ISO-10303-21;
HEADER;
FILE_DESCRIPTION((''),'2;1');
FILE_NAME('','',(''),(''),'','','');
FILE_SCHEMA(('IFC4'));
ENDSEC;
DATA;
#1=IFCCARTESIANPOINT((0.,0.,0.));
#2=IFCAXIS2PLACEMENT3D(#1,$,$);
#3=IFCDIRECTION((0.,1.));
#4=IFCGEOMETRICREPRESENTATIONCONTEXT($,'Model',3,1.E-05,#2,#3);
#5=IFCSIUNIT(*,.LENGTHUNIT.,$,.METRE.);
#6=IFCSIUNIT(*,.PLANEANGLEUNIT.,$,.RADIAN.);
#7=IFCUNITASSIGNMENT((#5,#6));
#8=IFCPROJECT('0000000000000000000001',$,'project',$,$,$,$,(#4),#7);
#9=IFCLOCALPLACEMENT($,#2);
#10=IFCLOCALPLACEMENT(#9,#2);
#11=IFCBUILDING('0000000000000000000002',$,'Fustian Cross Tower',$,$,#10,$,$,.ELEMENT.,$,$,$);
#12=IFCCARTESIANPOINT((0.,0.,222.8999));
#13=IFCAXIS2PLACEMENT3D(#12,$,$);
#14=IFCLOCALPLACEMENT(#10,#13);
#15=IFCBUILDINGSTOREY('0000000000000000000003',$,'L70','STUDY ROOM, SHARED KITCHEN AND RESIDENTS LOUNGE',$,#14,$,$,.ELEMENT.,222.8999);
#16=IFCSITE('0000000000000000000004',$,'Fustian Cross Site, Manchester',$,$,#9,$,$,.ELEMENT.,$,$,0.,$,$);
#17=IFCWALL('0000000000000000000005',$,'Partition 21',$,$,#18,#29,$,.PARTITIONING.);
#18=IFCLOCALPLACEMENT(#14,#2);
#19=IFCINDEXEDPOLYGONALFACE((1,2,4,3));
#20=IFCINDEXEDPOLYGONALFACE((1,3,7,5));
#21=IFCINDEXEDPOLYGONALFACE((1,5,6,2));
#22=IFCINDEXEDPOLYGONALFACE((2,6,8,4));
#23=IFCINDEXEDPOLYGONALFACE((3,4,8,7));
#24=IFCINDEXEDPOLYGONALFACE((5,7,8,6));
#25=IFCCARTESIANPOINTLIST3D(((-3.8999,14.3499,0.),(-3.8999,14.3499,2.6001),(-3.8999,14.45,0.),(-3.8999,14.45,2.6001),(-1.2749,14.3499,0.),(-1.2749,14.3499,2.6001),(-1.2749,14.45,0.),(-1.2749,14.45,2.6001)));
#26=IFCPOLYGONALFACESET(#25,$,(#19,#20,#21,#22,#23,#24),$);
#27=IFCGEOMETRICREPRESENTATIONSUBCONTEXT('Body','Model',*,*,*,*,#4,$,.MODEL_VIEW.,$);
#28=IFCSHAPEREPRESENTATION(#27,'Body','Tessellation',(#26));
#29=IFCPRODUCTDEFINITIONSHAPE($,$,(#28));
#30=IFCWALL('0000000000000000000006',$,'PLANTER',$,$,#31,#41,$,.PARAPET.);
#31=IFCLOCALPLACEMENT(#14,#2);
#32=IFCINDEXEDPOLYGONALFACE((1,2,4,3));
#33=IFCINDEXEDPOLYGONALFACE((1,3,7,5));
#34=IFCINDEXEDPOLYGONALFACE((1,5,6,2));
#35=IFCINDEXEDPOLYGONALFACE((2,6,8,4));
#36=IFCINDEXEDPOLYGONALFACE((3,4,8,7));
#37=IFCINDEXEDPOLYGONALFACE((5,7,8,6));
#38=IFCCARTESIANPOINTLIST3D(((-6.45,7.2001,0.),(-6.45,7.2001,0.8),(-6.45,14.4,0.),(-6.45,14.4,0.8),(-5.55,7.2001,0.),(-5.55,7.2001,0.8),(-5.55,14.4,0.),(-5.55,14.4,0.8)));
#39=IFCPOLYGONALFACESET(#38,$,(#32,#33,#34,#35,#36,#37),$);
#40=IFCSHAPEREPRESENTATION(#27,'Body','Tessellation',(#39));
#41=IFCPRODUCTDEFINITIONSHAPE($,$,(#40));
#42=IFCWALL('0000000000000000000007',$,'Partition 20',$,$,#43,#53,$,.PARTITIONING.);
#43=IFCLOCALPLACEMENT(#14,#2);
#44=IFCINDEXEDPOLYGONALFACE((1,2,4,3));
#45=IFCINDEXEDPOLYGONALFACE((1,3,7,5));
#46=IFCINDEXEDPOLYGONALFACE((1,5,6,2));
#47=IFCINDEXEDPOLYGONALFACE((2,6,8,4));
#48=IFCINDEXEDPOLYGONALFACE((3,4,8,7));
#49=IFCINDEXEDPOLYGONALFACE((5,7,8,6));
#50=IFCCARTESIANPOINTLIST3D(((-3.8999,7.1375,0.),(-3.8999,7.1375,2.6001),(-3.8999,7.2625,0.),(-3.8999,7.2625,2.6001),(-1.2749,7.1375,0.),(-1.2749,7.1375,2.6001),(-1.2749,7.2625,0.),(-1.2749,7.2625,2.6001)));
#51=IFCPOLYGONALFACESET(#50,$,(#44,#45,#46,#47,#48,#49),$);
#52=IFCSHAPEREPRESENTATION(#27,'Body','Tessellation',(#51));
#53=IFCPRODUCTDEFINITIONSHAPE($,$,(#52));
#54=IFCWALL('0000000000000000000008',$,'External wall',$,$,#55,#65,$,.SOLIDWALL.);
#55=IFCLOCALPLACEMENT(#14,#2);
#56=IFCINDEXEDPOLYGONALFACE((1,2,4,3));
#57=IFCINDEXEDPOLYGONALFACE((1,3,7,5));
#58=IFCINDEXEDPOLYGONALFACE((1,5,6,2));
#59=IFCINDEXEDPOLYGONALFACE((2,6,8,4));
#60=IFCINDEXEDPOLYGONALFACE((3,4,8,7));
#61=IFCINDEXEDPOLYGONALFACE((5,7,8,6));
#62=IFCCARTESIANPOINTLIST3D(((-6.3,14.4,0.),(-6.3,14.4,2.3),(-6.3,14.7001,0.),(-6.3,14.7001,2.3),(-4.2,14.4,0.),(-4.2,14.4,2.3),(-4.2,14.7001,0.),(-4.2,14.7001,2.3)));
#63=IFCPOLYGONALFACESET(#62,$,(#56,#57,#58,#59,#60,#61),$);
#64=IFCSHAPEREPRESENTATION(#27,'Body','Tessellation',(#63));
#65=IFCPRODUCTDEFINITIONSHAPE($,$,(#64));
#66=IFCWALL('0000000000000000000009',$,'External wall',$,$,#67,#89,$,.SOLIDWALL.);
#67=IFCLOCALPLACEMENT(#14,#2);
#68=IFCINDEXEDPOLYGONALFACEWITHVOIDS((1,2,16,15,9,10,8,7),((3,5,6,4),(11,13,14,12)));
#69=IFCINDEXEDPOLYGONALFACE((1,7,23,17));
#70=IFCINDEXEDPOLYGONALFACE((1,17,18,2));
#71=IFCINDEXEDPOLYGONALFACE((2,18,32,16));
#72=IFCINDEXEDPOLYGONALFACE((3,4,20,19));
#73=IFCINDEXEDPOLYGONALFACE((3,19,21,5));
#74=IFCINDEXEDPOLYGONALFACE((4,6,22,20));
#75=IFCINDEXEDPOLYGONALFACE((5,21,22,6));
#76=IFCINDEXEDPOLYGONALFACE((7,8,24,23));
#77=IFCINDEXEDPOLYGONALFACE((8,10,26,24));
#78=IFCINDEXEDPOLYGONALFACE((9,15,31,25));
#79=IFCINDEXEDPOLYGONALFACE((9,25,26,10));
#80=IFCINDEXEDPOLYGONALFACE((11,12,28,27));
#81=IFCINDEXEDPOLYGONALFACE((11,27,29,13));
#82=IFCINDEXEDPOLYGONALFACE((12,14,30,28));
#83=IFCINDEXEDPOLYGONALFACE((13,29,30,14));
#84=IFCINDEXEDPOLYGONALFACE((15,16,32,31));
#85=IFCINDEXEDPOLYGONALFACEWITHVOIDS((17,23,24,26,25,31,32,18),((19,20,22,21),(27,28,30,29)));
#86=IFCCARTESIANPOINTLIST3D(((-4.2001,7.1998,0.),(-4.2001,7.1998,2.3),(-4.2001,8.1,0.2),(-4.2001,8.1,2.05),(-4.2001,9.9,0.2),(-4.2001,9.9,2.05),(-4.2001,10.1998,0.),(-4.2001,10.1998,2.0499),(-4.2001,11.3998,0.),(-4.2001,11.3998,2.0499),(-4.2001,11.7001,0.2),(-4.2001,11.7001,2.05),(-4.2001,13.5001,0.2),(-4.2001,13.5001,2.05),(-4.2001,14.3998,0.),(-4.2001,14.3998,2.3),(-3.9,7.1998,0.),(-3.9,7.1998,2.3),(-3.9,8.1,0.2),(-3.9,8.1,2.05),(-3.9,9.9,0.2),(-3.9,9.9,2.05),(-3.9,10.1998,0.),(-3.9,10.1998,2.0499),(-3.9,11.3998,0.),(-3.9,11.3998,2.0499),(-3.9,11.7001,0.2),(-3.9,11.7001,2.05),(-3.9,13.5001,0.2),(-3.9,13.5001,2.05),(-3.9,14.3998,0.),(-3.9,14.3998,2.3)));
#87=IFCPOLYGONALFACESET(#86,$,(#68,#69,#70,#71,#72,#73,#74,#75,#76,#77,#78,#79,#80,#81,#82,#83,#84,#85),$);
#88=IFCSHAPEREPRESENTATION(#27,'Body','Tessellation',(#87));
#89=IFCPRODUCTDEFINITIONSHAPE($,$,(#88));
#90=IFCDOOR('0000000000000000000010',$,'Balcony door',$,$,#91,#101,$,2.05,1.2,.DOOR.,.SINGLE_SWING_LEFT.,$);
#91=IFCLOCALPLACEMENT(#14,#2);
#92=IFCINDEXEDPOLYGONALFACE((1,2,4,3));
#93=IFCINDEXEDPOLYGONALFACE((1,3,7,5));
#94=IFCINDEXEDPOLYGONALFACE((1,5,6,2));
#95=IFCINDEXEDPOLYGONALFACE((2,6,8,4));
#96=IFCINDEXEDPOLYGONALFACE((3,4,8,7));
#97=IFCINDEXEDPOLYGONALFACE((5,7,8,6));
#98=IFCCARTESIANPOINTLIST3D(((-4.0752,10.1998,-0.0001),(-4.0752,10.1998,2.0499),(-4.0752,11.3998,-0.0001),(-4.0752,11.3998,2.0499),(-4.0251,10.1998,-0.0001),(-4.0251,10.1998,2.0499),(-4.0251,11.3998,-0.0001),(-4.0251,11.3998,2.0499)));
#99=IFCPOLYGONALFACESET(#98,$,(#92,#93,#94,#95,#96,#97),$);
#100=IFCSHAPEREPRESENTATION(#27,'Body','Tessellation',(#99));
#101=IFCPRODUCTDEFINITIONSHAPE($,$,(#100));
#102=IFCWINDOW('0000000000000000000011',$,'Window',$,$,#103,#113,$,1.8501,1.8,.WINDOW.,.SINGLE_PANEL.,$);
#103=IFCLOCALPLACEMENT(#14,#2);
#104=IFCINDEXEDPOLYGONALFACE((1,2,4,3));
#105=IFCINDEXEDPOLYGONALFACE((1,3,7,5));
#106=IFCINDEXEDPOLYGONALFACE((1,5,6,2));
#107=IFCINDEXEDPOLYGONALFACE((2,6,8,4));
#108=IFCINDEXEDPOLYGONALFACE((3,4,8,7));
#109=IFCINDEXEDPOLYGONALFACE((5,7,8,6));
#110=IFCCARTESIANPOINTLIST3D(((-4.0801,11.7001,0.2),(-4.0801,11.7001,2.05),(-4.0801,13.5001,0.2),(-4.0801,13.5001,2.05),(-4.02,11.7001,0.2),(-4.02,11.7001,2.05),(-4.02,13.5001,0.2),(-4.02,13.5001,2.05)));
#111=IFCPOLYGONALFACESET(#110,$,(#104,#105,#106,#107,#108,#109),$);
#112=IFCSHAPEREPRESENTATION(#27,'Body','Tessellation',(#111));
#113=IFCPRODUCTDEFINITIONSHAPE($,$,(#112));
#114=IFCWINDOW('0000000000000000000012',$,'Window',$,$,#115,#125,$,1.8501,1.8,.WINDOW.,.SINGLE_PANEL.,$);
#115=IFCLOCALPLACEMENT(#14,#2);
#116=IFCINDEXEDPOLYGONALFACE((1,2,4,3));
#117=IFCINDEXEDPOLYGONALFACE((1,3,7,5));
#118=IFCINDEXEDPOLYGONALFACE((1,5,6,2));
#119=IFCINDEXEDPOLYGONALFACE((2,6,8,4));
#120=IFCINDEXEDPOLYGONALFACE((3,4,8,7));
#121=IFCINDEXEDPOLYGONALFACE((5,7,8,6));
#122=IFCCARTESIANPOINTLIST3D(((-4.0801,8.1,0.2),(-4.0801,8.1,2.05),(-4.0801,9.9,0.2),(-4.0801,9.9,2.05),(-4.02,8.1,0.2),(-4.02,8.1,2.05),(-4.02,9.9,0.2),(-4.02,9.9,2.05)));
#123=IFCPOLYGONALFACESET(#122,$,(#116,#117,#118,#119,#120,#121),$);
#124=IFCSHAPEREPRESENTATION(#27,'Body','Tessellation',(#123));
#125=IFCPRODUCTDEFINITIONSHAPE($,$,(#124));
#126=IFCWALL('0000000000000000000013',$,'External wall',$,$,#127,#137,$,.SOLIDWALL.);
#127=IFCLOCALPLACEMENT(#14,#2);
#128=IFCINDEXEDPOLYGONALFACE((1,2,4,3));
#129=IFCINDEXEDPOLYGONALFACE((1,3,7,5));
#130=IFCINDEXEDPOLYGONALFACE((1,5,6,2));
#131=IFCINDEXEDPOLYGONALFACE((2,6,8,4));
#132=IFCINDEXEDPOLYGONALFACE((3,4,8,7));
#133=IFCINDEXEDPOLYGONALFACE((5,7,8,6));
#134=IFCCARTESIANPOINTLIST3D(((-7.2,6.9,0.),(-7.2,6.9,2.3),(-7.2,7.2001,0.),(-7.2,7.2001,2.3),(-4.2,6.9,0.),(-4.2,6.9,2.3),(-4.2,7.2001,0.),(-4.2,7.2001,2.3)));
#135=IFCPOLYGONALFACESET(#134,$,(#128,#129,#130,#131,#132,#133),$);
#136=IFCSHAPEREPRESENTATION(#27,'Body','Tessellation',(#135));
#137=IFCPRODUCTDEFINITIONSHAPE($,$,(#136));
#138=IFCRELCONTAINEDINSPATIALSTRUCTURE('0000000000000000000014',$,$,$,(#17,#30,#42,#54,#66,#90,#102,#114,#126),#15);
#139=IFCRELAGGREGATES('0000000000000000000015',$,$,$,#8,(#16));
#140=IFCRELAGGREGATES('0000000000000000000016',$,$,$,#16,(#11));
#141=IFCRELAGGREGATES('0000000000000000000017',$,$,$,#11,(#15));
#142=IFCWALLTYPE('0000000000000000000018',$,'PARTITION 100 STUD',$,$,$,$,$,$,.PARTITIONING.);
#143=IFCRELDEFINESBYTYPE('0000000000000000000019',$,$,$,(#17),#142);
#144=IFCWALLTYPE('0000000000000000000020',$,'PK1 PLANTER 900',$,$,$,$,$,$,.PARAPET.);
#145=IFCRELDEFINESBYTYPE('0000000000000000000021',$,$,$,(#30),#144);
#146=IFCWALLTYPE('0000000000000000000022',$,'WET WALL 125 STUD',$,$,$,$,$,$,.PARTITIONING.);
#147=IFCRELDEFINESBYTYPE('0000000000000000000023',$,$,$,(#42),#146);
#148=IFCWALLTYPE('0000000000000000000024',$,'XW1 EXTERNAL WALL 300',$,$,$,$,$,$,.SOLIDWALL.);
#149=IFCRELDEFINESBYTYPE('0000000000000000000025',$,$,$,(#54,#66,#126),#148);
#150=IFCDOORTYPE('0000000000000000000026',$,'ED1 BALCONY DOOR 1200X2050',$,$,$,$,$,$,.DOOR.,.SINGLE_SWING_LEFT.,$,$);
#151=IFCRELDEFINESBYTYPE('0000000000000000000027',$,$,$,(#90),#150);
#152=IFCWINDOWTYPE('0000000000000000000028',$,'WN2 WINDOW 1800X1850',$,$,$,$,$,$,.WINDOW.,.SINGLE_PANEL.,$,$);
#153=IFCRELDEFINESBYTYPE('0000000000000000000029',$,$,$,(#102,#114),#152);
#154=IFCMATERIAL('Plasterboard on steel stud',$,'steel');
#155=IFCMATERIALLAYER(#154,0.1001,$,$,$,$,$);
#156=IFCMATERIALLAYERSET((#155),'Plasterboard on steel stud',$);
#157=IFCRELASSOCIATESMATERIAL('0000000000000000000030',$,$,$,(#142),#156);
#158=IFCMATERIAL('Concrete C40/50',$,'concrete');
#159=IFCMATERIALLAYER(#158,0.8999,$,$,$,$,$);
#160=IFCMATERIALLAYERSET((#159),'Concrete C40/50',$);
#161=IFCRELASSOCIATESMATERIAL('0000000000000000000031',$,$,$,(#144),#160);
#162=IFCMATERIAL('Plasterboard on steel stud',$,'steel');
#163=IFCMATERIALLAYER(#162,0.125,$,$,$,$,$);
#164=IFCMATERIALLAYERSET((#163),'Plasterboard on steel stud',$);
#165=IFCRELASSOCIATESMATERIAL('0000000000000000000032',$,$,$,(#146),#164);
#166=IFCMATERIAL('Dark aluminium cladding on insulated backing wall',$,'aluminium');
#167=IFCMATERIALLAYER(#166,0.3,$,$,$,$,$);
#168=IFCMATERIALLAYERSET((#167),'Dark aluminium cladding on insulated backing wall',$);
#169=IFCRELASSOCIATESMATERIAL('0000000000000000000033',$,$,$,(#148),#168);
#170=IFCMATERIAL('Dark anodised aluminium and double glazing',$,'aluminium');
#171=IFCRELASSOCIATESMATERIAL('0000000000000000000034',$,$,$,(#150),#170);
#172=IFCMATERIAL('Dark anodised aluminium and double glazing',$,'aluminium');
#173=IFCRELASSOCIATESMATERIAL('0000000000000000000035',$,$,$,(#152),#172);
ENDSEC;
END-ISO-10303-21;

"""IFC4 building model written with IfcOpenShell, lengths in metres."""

from ifc_helpers import new_model, si_unit, direction, frame, frame_2d, origin, place, context, subcontext, project, spatial, rectangle, extrude, material, layer, layer_set, type_object, element, fill, save


model = new_model("IFC4")

# Units and contexts
model_context = context("Model", 3, precision=1e-05, world=origin(), true_north=direction((0.0, 1.0)))
body_context = subcontext(model_context, "Body", "Model", "MODEL_VIEW")
ifc_project = project(units=[si_unit("LENGTHUNIT", "METRE"), si_unit("PLANEANGLEUNIT", "RADIAN")], contexts=[model_context])

# Site, building, storey
site_placement = place(None, origin())
site = spatial("IfcSite", under=ifc_project, at=site_placement, Name="Fustian Cross Site, Manchester", CompositionType="ELEMENT", RefElevation=0.0)
building_placement = place(site_placement, origin())
building = spatial("IfcBuilding", under=site, at=building_placement, Name="Fustian Cross Tower", CompositionType="ELEMENT")
storey_placement = place(building_placement, frame((0.0, 0.0, 222.8999)))
storey = spatial("IfcBuildingStorey", under=building, at=storey_placement, Name="L70", Description="STUDY ROOM, SHARED KITCHEN AND RESIDENTS LOUNGE", CompositionType="ELEMENT", Elevation=222.8999)

# Walls
ifc_material_1 = material(Name="Plasterboard on steel stud", Category="steel")
ifc_layer_1 = layer(ifc_material_1, 0.1001)
ifc_layer_set_1 = layer_set([ifc_layer_1], Name="Plasterboard on steel stud")
wall_type_1 = type_object("IfcWallType", Name="PARTITION 100 STUD", PredefinedType="PARTITIONING", material=ifc_layer_set_1)
wall_1_placement = place(storey_placement, frame((-3.8999, 14.3999, 0.0), z_axis=(0.0, 0.0, 1.0), x_axis=(1.0, 0.0, 0.0)))
element("IfcWall", 1, at=wall_1_placement, inside=storey, type_object=wall_type_1, Name="Partition 21", PredefinedType="PARTITIONING", context=body_context, shape_type="SweptSolid", body=[
    extrude(rectangle(XDim=2.625, YDim=0.1001, at=frame_2d((1.3125, 0.0))), origin(), (0.0, 0.0, 1.0), 2.6001),
])
ifc_material_2 = material(Name="Concrete C40/50", Category="concrete")
ifc_layer_2 = layer(ifc_material_2, 0.8999)
ifc_layer_set_2 = layer_set([ifc_layer_2], Name="Concrete C40/50")
wall_type_2 = type_object("IfcWallType", Name="PK1 PLANTER 900", PredefinedType="PARAPET", material=ifc_layer_set_2)
wall_2_placement = place(storey_placement, frame((-6.0, 7.2, 0.0), z_axis=(0.0, 0.0, 1.0), x_axis=(0.0, 1.0, 0.0)))
element("IfcWall", 2, at=wall_2_placement, inside=storey, type_object=wall_type_2, Name="PLANTER", PredefinedType="PARAPET", context=body_context, shape_type="SweptSolid", body=[
    extrude(rectangle(XDim=7.2, YDim=0.8999, at=frame_2d((3.6001, 0.0))), origin(), (0.0, 0.0, 1.0), 0.8),
])
ifc_material_3 = material(Name="Plasterboard on steel stud", Category="steel")
ifc_layer_3 = layer(ifc_material_3, 0.125)
ifc_layer_set_3 = layer_set([ifc_layer_3], Name="Plasterboard on steel stud")
wall_type_3 = type_object("IfcWallType", Name="WET WALL 125 STUD", PredefinedType="PARTITIONING", material=ifc_layer_set_3)
wall_3_placement = place(storey_placement, frame((-3.8999, 7.2, 0.0), z_axis=(0.0, 0.0, 1.0), x_axis=(1.0, 0.0, 0.0)))
element("IfcWall", 3, at=wall_3_placement, inside=storey, type_object=wall_type_3, Name="Partition 20", PredefinedType="PARTITIONING", context=body_context, shape_type="SweptSolid", body=[
    extrude(rectangle(XDim=2.625, YDim=0.125, at=frame_2d((1.3125, 0.0))), origin(), (0.0, 0.0, 1.0), 2.6001),
])
ifc_material_4 = material(Name="Dark aluminium cladding on insulated backing wall", Category="aluminium")
ifc_layer_4 = layer(ifc_material_4, 0.3)
ifc_layer_set_4 = layer_set([ifc_layer_4], Name="Dark aluminium cladding on insulated backing wall")
wall_type_4 = type_object("IfcWallType", Name="XW1 EXTERNAL WALL 300", PredefinedType="SOLIDWALL", material=ifc_layer_set_4)
wall_4_placement = place(storey_placement, frame((-6.3, 14.55, 0.0), z_axis=(0.0, 0.0, 1.0), x_axis=(1.0, 0.0, 0.0)))
element("IfcWall", 4, at=wall_4_placement, inside=storey, type_object=wall_type_4, Name="External wall", PredefinedType="SOLIDWALL", context=body_context, shape_type="SweptSolid", body=[
    extrude(rectangle(XDim=2.1001, YDim=0.3, at=frame_2d((1.05, 0.0))), origin(), (0.0, 0.0, 1.0), 2.3),
])

# Wall, openings, door, windows
wall_5_placement = place(storey_placement, frame((-4.05, 14.3999, 0.0), z_axis=(0.0, 0.0, 1.0), x_axis=(0.0, -1.0, 0.0)))
wall_5 = element("IfcWall", 5, at=wall_5_placement, inside=storey, type_object=wall_type_4, Name="External wall", PredefinedType="SOLIDWALL", context=body_context, shape_type="SweptSolid", body=[
    extrude(rectangle(XDim=7.2, YDim=0.3, at=frame_2d((3.6001, 0.0))), origin(), (0.0, 0.0, 1.0), 2.3),
])
opening_1_placement = place(wall_5_placement, frame((3.0, 0.0, 0.0)))
opening_1 = element("IfcOpeningElement", 6, at=opening_1_placement, cuts=wall_5, PredefinedType="OPENING", context=body_context, shape_type="SweptSolid", body=[
    extrude(rectangle(XDim=1.2, YDim=2.05, at=frame_2d((0.6001, 1.0249))), frame((0.0, 0.1599, 0.0), z_axis=(0.0, -1.0, 0.0), x_axis=(1.0, 0.0, 0.0)), (0.0, 0.0, 1.0), 0.3201),
])
opening_2_placement = place(wall_5_placement, frame((0.8999, 0.0, 0.2)))
opening_2 = element("IfcOpeningElement", 7, at=opening_2_placement, cuts=wall_5, PredefinedType="OPENING", context=body_context, shape_type="SweptSolid", body=[
    extrude(rectangle(XDim=1.8, YDim=1.8501, at=frame_2d((0.8999, 0.925))), frame((0.0, 0.1599, 0.0), z_axis=(0.0, -1.0, 0.0), x_axis=(1.0, 0.0, 0.0)), (0.0, 0.0, 1.0), 0.3201),
])
opening_3_placement = place(wall_5_placement, frame((4.5, 0.0, 0.2)))
opening_3 = element("IfcOpeningElement", 8, at=opening_3_placement, cuts=wall_5, PredefinedType="OPENING", context=body_context, shape_type="SweptSolid", body=[
    extrude(rectangle(XDim=1.8, YDim=1.8501, at=frame_2d((0.8999, 0.925))), frame((0.0, 0.1599, 0.0), z_axis=(0.0, -1.0, 0.0), x_axis=(1.0, 0.0, 0.0)), (0.0, 0.0, 1.0), 0.3201),
])
ifc_material_5 = material(Name="Dark anodised aluminium and double glazing", Category="aluminium")
door_type = type_object("IfcDoorType", Name="ED1 BALCONY DOOR 1200X2050", OperationType="SINGLE_SWING_LEFT", PredefinedType="DOOR", material=ifc_material_5)
door_placement = place(opening_1_placement, origin())
door = element("IfcDoor", 9, at=door_placement, inside=storey, type_object=door_type, Name="Balcony door", OperationType="SINGLE_SWING_LEFT", OverallHeight=2.05, OverallWidth=1.2, PredefinedType="DOOR", context=body_context, shape_type="SweptSolid", body=[
    extrude(rectangle(XDim=1.2, YDim=2.05, at=frame_2d((0.6001, 1.0249))), frame((0.0, 0.0249, 0.0), z_axis=(0.0, -1.0, 0.0), x_axis=(1.0, 0.0, 0.0)), (0.0, 0.0, 1.0), 0.05),
])
fill(opening_1, door)
ifc_material_6 = material(Name="Dark anodised aluminium and double glazing", Category="aluminium")
window_type = type_object("IfcWindowType", Name="WN2 WINDOW 1800X1850", PartitioningType="SINGLE_PANEL", PredefinedType="WINDOW", material=ifc_material_6)
window_1_placement = place(opening_2_placement, origin())
window_1 = element("IfcWindow", 10, at=window_1_placement, inside=storey, type_object=window_type, Name="Window", OverallHeight=1.8501, OverallWidth=1.8, PartitioningType="SINGLE_PANEL", PredefinedType="WINDOW", context=body_context, shape_type="SweptSolid", body=[
    extrude(rectangle(XDim=1.8, YDim=1.8501, at=frame_2d((0.8999, 0.925))), frame((0.0, 0.03, 0.0), z_axis=(0.0, -1.0, 0.0), x_axis=(1.0, 0.0, 0.0)), (0.0, 0.0, 1.0), 0.0601),
])
fill(opening_2, window_1)
window_2_placement = place(opening_3_placement, origin())
window_2 = element("IfcWindow", 11, at=window_2_placement, inside=storey, type_object=window_type, Name="Window", OverallHeight=1.8501, OverallWidth=1.8, PartitioningType="SINGLE_PANEL", PredefinedType="WINDOW", context=body_context, shape_type="SweptSolid", body=[
    extrude(rectangle(XDim=1.8, YDim=1.8501, at=frame_2d((0.8999, 0.925))), frame((0.0, 0.03, 0.0), z_axis=(0.0, -1.0, 0.0), x_axis=(1.0, 0.0, 0.0)), (0.0, 0.0, 1.0), 0.0601),
])
fill(opening_3, window_2)

# Wall
wall_6_placement = place(storey_placement, frame((-4.2, 7.05, 0.0), z_axis=(0.0, 0.0, 1.0), x_axis=(-1.0, 0.0, 0.0)))
element("IfcWall", 12, at=wall_6_placement, inside=storey, type_object=wall_type_4, Name="External wall", PredefinedType="SOLIDWALL", context=body_context, shape_type="SweptSolid", body=[
    extrude(rectangle(XDim=3.0, YDim=0.3, at=frame_2d((1.5, 0.0))), origin(), (0.0, 0.0, 1.0), 2.3),
])

save(model, "model.ifc")
